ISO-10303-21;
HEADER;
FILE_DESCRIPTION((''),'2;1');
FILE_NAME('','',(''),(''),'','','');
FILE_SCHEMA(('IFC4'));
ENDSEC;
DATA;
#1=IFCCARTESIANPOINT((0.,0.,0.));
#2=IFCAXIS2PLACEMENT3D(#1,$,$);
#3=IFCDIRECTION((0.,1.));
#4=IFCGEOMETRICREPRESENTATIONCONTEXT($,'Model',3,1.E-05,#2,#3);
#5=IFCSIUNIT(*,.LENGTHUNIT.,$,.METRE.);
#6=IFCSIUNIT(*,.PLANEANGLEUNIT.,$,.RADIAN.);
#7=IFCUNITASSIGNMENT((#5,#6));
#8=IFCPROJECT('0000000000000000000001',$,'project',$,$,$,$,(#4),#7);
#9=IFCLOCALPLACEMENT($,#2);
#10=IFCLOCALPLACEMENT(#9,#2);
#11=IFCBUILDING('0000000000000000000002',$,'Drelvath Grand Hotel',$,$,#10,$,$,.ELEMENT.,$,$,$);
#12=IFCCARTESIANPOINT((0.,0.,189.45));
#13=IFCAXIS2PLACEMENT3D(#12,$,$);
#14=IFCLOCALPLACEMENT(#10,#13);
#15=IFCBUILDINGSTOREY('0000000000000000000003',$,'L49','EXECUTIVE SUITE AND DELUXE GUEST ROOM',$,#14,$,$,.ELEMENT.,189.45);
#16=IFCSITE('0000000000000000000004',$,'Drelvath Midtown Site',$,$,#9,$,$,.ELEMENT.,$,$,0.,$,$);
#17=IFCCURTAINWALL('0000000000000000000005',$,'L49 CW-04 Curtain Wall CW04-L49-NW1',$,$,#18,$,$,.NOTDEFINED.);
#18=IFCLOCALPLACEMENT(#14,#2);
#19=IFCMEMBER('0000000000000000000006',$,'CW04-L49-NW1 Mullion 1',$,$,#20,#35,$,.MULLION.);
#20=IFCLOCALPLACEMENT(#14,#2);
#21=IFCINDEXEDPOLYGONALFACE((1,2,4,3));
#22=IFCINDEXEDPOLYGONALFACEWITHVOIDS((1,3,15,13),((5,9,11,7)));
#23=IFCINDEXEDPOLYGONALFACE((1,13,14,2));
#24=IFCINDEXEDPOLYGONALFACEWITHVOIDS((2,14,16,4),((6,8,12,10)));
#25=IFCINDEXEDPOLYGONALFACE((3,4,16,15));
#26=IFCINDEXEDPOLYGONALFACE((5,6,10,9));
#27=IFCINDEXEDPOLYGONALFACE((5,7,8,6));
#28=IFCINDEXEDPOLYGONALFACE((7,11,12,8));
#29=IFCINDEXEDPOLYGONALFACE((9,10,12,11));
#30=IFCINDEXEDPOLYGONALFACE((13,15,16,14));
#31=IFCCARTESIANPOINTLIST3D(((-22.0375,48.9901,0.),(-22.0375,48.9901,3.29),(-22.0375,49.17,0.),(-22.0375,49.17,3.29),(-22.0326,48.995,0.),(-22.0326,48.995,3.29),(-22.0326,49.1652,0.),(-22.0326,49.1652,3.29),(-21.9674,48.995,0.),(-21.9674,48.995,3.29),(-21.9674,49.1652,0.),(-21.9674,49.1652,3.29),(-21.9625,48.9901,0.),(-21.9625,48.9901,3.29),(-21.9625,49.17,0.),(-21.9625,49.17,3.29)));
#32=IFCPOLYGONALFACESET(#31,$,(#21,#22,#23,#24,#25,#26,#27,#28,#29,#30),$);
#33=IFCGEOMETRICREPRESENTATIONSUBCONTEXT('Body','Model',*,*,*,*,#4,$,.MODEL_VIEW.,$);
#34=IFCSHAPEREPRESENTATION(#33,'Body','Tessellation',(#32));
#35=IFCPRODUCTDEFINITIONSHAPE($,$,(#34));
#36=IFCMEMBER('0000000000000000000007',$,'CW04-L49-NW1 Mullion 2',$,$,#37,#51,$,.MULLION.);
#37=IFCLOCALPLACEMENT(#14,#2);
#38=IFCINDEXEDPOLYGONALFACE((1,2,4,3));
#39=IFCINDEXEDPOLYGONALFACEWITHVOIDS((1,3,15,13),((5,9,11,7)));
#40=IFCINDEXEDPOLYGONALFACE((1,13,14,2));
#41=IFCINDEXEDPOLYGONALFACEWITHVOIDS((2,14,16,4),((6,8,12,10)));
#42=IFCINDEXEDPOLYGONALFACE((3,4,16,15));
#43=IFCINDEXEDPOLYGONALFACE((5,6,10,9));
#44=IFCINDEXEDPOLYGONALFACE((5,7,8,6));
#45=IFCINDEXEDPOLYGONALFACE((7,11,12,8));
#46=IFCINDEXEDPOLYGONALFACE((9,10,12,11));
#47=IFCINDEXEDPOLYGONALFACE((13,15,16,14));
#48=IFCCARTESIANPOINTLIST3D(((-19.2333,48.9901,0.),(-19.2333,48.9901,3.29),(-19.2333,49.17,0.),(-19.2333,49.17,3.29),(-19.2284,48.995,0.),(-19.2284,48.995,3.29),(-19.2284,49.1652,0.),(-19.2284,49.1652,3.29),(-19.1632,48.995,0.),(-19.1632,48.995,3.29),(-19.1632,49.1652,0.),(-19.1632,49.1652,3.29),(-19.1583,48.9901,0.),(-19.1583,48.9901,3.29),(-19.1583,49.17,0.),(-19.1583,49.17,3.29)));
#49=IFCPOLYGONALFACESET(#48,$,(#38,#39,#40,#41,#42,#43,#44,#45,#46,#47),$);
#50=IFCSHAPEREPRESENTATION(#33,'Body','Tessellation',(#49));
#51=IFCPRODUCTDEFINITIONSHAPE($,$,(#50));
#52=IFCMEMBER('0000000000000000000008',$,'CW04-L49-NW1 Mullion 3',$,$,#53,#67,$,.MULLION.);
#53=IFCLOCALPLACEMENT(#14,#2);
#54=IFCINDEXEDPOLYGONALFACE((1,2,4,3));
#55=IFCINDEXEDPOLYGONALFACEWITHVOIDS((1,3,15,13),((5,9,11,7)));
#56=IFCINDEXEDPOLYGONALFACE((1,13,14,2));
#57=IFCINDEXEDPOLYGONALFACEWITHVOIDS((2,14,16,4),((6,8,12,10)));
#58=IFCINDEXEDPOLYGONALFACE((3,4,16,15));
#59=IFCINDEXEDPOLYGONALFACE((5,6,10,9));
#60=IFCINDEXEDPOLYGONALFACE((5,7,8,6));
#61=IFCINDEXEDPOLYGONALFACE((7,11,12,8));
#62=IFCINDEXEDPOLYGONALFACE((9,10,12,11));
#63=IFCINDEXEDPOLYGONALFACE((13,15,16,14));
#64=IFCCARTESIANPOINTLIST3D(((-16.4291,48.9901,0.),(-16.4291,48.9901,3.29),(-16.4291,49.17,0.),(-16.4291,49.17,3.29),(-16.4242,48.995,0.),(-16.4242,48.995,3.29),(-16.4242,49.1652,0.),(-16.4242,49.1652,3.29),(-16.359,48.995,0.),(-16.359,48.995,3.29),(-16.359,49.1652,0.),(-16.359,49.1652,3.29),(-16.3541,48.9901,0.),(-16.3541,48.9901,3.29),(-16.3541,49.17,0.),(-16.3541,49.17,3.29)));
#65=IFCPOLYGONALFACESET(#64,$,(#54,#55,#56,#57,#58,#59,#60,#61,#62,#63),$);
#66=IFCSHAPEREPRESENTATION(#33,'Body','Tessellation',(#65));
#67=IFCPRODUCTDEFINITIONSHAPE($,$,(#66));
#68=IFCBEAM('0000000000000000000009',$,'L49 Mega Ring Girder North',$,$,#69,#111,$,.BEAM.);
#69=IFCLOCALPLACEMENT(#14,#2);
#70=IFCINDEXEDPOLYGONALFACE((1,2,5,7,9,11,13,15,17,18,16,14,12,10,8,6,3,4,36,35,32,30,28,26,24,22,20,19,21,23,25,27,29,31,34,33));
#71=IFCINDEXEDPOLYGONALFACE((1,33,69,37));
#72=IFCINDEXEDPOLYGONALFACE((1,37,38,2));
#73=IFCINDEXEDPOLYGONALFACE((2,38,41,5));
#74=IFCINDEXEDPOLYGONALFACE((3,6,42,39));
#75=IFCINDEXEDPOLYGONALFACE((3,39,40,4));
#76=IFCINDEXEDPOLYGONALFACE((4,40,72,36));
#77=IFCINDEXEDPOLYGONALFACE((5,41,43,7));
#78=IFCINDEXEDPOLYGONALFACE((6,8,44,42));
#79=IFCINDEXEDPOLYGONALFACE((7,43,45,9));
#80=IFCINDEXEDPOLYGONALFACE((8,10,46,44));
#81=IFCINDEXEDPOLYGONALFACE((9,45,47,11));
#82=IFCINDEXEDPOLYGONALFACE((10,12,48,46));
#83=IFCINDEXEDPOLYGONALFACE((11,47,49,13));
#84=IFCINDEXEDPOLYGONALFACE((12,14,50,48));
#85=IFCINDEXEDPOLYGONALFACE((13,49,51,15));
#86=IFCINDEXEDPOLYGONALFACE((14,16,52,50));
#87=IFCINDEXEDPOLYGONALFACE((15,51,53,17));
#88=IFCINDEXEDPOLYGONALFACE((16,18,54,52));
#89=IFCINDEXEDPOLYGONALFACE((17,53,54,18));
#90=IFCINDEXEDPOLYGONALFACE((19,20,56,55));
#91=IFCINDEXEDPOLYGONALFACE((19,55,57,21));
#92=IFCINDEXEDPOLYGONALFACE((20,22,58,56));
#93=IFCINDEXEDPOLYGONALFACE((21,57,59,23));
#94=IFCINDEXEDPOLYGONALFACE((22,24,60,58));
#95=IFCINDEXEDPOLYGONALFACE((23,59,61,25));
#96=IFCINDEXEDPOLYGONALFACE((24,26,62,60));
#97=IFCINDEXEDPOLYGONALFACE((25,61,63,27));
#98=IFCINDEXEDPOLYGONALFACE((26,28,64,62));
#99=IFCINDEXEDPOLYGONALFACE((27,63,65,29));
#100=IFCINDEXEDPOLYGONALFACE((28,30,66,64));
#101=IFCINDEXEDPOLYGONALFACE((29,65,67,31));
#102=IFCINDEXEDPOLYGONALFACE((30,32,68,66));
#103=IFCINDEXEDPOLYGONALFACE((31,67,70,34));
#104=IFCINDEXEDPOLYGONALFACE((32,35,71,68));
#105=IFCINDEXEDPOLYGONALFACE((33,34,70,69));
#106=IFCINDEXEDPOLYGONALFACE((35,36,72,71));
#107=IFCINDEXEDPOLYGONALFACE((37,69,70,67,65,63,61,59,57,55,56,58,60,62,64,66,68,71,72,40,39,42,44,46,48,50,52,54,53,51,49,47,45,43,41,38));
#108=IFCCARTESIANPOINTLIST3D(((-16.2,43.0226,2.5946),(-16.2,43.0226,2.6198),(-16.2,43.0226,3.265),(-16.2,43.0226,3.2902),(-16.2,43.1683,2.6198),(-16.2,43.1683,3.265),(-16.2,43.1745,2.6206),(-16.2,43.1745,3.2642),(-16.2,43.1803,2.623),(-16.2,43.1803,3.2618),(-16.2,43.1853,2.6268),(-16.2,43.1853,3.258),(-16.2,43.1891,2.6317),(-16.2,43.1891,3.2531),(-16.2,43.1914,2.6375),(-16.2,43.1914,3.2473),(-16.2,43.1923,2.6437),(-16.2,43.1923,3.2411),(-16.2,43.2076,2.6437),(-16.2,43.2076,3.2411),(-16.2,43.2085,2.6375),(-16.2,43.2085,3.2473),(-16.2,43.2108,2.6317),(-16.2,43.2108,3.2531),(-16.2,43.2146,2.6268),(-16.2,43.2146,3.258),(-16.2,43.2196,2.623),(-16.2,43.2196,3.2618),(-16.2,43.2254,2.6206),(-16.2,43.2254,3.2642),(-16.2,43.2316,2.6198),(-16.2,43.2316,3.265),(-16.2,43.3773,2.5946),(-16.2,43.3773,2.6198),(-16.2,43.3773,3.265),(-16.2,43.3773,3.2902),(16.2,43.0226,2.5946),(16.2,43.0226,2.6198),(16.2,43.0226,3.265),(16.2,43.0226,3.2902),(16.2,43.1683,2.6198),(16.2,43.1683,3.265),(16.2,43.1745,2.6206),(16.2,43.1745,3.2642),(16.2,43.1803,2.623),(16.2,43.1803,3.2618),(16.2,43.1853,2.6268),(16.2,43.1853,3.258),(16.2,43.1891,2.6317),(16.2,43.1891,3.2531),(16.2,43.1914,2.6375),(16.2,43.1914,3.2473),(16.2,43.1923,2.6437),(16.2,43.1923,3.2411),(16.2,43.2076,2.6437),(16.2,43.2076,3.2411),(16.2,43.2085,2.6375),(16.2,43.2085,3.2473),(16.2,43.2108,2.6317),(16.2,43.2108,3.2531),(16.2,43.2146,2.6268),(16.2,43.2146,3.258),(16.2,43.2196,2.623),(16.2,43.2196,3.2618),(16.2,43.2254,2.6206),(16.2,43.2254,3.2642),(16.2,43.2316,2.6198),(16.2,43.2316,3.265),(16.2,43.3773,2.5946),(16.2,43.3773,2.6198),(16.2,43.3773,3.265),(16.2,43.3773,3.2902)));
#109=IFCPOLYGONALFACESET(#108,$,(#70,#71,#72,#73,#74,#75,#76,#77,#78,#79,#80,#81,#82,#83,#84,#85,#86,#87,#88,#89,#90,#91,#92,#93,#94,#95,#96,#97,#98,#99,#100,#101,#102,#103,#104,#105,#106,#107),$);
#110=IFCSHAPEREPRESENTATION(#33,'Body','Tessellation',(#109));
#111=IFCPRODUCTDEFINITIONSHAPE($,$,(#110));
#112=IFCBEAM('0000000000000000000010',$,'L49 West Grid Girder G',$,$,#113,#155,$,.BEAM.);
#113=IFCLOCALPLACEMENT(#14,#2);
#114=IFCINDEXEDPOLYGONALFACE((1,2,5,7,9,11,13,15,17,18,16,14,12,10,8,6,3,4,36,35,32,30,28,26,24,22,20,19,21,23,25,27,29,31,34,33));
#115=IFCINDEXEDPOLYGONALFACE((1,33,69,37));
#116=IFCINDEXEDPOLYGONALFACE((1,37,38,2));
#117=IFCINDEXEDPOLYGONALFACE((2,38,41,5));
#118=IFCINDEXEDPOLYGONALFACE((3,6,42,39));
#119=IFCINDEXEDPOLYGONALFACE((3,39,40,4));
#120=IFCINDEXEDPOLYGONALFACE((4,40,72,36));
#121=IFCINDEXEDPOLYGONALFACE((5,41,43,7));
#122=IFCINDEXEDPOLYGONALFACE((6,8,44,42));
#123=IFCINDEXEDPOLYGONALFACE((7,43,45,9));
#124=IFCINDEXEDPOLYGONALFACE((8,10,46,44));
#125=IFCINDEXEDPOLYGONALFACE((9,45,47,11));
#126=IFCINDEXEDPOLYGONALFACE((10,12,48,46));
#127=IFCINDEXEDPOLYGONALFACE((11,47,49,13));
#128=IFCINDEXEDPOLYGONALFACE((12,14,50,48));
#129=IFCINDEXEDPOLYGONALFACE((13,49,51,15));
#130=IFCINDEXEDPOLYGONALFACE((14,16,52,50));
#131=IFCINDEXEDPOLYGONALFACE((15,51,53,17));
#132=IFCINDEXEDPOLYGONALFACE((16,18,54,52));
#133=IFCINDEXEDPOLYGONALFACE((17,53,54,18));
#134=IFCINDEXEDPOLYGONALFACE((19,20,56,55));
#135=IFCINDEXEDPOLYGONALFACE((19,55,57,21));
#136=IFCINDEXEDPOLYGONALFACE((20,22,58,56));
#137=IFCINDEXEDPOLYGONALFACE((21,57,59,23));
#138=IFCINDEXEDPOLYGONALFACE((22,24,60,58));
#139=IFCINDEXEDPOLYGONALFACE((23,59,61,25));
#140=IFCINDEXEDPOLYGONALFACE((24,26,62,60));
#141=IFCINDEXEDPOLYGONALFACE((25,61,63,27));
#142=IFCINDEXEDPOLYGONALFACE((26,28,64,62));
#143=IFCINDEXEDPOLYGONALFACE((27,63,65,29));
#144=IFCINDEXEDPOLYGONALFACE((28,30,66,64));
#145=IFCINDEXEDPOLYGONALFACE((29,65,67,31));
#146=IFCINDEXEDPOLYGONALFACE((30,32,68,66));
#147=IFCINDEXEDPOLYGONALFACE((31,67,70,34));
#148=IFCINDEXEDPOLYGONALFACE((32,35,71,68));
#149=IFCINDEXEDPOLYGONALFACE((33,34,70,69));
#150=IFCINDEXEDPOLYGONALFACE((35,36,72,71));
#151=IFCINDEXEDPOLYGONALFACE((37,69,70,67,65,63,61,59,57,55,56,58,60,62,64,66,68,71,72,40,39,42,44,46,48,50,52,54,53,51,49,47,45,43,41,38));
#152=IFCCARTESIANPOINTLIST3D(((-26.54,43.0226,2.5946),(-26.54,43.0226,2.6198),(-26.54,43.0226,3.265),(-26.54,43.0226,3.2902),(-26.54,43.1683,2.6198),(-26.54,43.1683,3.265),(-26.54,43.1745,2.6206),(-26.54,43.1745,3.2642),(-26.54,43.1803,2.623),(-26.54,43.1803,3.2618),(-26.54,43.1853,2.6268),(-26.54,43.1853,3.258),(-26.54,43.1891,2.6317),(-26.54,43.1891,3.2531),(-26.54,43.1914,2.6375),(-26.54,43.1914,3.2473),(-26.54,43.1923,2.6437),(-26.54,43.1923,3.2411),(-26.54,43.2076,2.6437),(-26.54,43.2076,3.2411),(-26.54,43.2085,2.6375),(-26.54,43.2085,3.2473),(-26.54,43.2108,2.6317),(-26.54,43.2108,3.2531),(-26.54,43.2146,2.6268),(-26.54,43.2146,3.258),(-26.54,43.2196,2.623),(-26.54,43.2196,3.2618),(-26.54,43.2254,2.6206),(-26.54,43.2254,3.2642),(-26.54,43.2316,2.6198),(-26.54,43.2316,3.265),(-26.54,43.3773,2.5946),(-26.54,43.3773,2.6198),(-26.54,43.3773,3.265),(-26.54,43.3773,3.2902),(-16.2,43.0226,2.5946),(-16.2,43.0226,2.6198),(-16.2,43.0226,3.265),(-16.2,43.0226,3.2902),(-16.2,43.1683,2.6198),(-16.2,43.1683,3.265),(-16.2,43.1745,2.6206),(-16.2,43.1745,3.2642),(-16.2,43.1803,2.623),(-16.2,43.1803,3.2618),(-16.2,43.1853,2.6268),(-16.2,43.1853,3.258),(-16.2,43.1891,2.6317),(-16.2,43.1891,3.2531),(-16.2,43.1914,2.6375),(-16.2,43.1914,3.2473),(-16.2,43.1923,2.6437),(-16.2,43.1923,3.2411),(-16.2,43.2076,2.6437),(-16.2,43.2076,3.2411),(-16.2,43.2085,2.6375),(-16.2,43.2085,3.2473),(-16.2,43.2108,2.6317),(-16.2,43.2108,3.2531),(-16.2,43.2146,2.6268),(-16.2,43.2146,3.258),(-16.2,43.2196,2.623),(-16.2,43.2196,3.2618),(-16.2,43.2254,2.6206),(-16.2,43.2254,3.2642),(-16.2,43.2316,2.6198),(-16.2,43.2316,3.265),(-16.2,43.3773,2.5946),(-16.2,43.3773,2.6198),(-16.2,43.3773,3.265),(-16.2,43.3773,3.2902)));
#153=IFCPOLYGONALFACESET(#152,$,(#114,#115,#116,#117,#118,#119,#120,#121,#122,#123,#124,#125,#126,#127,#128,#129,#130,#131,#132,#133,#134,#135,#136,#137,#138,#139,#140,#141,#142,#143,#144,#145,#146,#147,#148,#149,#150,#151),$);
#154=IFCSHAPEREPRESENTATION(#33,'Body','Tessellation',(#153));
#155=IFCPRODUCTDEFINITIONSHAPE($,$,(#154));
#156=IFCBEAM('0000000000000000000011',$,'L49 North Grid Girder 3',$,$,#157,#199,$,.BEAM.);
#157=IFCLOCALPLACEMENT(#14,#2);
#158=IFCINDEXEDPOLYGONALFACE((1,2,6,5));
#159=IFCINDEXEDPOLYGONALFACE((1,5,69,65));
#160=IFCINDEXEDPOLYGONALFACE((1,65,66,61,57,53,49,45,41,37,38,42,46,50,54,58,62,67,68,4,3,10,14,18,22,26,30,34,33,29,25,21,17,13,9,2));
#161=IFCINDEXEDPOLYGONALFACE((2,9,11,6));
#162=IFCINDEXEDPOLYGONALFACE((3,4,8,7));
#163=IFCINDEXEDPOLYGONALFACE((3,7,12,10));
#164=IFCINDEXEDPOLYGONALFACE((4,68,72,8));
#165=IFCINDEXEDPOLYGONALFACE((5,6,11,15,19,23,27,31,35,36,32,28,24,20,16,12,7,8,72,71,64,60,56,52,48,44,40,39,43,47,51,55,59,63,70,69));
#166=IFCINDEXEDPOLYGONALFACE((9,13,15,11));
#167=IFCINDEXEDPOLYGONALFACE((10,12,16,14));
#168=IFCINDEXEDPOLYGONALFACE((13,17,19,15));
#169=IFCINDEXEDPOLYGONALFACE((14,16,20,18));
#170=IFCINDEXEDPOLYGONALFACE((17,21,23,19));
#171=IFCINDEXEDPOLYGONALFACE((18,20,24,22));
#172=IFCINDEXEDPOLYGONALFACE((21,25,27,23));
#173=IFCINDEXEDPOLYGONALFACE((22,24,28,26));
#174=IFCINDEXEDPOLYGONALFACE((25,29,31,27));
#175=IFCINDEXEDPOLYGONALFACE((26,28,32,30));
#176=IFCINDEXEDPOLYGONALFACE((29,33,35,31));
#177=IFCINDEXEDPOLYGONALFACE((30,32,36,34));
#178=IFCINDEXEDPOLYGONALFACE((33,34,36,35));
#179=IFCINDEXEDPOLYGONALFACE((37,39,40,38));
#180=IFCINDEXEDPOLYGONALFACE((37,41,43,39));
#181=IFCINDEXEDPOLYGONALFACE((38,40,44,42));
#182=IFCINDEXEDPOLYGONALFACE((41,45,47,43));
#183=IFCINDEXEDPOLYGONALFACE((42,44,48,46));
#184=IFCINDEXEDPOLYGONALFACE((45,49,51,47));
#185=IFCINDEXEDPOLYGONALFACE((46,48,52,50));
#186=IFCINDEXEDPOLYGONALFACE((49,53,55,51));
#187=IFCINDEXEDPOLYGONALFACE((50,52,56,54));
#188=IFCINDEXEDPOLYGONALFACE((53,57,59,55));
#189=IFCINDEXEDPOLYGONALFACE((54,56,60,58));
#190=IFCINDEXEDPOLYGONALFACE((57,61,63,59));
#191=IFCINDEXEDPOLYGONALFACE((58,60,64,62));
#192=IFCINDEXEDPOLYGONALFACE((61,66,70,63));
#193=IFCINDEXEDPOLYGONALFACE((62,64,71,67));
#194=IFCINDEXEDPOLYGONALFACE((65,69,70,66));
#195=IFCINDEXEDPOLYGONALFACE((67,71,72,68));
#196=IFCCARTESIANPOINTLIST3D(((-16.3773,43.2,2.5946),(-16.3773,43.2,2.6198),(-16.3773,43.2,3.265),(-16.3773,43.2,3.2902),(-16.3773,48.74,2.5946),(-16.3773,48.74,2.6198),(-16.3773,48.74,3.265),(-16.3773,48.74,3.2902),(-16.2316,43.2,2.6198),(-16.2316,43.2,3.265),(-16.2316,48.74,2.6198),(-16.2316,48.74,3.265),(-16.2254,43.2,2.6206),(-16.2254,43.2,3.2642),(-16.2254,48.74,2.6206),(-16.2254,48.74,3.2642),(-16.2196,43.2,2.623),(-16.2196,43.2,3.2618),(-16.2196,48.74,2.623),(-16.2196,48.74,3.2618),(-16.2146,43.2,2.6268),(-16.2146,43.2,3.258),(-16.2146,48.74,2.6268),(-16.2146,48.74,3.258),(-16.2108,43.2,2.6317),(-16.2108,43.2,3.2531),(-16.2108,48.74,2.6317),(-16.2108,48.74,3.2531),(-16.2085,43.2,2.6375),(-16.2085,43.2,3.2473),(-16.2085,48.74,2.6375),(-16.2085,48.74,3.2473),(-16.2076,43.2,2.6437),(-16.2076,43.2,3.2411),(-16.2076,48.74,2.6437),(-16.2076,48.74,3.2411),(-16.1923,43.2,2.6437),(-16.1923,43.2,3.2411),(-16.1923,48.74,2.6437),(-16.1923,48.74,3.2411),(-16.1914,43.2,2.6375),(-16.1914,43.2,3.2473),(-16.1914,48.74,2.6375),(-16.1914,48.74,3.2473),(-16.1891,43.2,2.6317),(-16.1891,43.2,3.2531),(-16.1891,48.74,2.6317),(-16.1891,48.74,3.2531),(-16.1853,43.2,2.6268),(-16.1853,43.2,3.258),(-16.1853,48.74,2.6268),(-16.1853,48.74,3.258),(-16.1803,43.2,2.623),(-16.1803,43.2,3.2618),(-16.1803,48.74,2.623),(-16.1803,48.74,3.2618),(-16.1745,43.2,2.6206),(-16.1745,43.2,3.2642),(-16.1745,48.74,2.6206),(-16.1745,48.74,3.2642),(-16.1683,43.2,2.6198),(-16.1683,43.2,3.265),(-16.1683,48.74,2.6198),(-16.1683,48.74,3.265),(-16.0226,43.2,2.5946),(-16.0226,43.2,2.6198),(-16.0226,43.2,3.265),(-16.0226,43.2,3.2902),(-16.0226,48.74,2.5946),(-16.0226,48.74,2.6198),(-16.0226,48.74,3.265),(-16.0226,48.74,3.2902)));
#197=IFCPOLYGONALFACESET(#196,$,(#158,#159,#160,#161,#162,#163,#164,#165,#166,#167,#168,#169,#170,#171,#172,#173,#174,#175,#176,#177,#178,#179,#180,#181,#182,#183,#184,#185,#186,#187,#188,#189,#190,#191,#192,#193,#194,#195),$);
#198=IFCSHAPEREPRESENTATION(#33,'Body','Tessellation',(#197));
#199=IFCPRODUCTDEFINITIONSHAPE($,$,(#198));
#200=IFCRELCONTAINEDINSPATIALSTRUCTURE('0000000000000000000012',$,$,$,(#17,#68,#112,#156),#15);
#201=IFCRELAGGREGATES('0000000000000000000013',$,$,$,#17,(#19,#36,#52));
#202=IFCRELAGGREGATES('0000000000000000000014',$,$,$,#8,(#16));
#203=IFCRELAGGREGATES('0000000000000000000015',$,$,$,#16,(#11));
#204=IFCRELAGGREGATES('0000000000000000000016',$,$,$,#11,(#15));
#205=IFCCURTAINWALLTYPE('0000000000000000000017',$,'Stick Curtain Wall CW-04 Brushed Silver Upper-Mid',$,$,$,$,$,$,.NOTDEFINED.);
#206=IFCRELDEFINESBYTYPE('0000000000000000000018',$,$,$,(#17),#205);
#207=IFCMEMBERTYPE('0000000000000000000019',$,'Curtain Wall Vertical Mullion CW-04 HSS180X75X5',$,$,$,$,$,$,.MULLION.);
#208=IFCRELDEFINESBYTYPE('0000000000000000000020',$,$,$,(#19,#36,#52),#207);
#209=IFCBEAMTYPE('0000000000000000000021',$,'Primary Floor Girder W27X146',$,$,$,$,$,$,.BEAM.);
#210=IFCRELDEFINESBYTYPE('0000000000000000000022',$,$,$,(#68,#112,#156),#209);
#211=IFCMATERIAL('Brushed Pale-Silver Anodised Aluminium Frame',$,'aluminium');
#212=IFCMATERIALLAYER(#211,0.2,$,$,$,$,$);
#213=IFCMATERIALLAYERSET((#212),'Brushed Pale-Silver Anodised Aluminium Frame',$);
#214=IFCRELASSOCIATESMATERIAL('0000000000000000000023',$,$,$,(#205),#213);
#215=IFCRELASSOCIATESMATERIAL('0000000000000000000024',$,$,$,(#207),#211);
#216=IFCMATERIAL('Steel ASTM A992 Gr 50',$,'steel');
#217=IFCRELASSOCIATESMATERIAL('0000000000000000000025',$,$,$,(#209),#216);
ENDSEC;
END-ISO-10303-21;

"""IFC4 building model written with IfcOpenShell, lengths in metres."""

from ifc_helpers import new_model, si_unit, direction, frame, origin, origin_2d, place, context, subcontext, project, spatial, hollow_rectangle, i_section, extrude, material, layer, layer_set, material_profile, profile_set, type_object, element, aggregate, save


model = new_model("IFC4")

# Units and contexts
model_context = context("Model", 3, precision=1e-05, world=origin(), true_north=direction((0.0, 1.0)))
body_context = subcontext(model_context, "Body", "Model", "MODEL_VIEW")
ifc_project = project(units=[si_unit("LENGTHUNIT", "METRE"), si_unit("PLANEANGLEUNIT", "RADIAN")], contexts=[model_context])

# Site, building, storey
site_placement = place(None, origin())
site = spatial("IfcSite", under=ifc_project, at=site_placement, Name="Drelvath Midtown Site", CompositionType="ELEMENT", RefElevation=0.0)
building_placement = place(site_placement, origin())
building = spatial("IfcBuilding", under=site, at=building_placement, Name="Drelvath Grand Hotel", CompositionType="ELEMENT")
storey_placement = place(building_placement, frame((0.0, 0.0, 189.45)))
storey = spatial("IfcBuildingStorey", under=building, at=storey_placement, Name="L49", Description="EXECUTIVE SUITE AND DELUXE GUEST ROOM", CompositionType="ELEMENT", Elevation=189.45)

# Shared definitions
ifc_material_1 = material(Name="Steel ASTM A992 Gr 50", Category="steel")

# Curtain wall, members
ifc_material_2 = material(Name="Brushed Pale-Silver Anodised Aluminium Frame", Category="aluminium")
ifc_layer_1 = layer(ifc_material_2, 0.2)
ifc_layer_set_1 = layer_set([ifc_layer_1], Name="Brushed Pale-Silver Anodised Aluminium Frame")
curtain_wall_type = type_object("IfcCurtainWallType", Name="Stick Curtain Wall CW-04 Brushed Silver Upper-Mid", PredefinedType="NOTDEFINED", material=ifc_layer_set_1)
curtain_wall_placement = place(storey_placement, origin())
curtain_wall = element("IfcCurtainWall", 1, at=curtain_wall_placement, inside=storey, type_object=curtain_wall_type, Name="L49 CW-04 Curtain Wall CW04-L49-NW1", PredefinedType="NOTDEFINED")
ifc_material_profile_1 = material_profile(ifc_material_2, hollow_rectangle(XDim=0.075, YDim=0.1799, WallThickness=0.0049, at=origin_2d()), Name="HSS180X75X5")
ifc_profile_set_1 = profile_set([ifc_material_profile_1], Name="Brushed Pale-Silver Anodised Aluminium Frame")
member_type_1 = type_object("IfcMemberType", Name="Curtain Wall Vertical Mullion CW-04 HSS180X75X5", PredefinedType="MULLION", material=ifc_profile_set_1)
member_1_placement = place(storey_placement, frame((-22.0, 49.0801, 0.0), z_axis=(0.0, 0.0, 1.0), x_axis=(1.0, 0.0, 0.0)))
member_1 = element("IfcMember", 2, at=member_1_placement, type_object=member_type_1, Name="CW04-L49-NW1 Mullion 1", PredefinedType="MULLION", context=body_context, shape_type="SweptSolid", body=[
    extrude(hollow_rectangle(XDim=0.075, YDim=0.1799, WallThickness=0.0049, at=origin_2d()), origin(), (0.0, 0.0, 1.0), 3.29),
])
member_2_placement = place(storey_placement, frame((-19.1958, 49.0801, 0.0), z_axis=(0.0, 0.0, 1.0), x_axis=(1.0, 0.0, 0.0)))
member_2 = element("IfcMember", 3, at=member_2_placement, type_object=member_type_1, Name="CW04-L49-NW1 Mullion 2", PredefinedType="MULLION", context=body_context, shape_type="SweptSolid", body=[
    extrude(hollow_rectangle(XDim=0.075, YDim=0.1799, WallThickness=0.0049, at=origin_2d()), origin(), (0.0, 0.0, 1.0), 3.29),
])
member_3_placement = place(storey_placement, frame((-16.3916, 49.0801, 0.0), z_axis=(0.0, 0.0, 1.0), x_axis=(1.0, 0.0, 0.0)))
member_3 = element("IfcMember", 4, at=member_3_placement, type_object=member_type_1, Name="CW04-L49-NW1 Mullion 3", PredefinedType="MULLION", context=body_context, shape_type="SweptSolid", body=[
    extrude(hollow_rectangle(XDim=0.075, YDim=0.1799, WallThickness=0.0049, at=origin_2d()), origin(), (0.0, 0.0, 1.0), 3.29),
])

# Beams
ifc_material_profile_2 = material_profile(ifc_material_1, i_section(OverallWidth=0.3547, OverallDepth=0.6956, WebThickness=0.0154, FlangeThickness=0.0251, FilletRadius=0.0239, at=origin_2d()), Name="W27X146")
ifc_profile_set_2 = profile_set([ifc_material_profile_2], Name="Steel ASTM A992 Gr 50")
beam_type_1 = type_object("IfcBeamType", Name="Primary Floor Girder W27X146", PredefinedType="BEAM", material=ifc_profile_set_2)
beam_1_placement = place(storey_placement, frame((-16.2, 43.2, 2.9424), z_axis=(1.0, 0.0, 0.0), x_axis=(0.0, 1.0, 0.0)))
element("IfcBeam", 5, at=beam_1_placement, inside=storey, type_object=beam_type_1, Name="L49 Mega Ring Girder North", PredefinedType="BEAM", context=body_context, shape_type="SweptSolid", body=[
    extrude(i_section(OverallWidth=0.3547, OverallDepth=0.6956, WebThickness=0.0154, FlangeThickness=0.0251, FilletRadius=0.0239, at=origin_2d()), origin(), (0.0, 0.0, 1.0), 32.3999),
])
beam_2_placement = place(storey_placement, frame((-26.54, 43.2, 2.9424), z_axis=(1.0, 0.0, 0.0), x_axis=(0.0, 1.0, 0.0)))
element("IfcBeam", 6, at=beam_2_placement, inside=storey, type_object=beam_type_1, Name="L49 West Grid Girder G", PredefinedType="BEAM", context=body_context, shape_type="SweptSolid", body=[
    extrude(i_section(OverallWidth=0.3547, OverallDepth=0.6956, WebThickness=0.0154, FlangeThickness=0.0251, FilletRadius=0.0239, at=origin_2d()), origin(), (0.0, 0.0, 1.0), 10.3401),
])
beam_3_placement = place(storey_placement, frame((-16.2, 43.2, 2.9424), z_axis=(0.0, 1.0, 0.0), x_axis=(-1.0, 0.0, 0.0)))
element("IfcBeam", 7, at=beam_3_placement, inside=storey, type_object=beam_type_1, Name="L49 North Grid Girder 3", PredefinedType="BEAM", context=body_context, shape_type="SweptSolid", body=[
    extrude(i_section(OverallWidth=0.3547, OverallDepth=0.6956, WebThickness=0.0154, FlangeThickness=0.0251, FilletRadius=0.0239, at=origin_2d()), origin(), (0.0, 0.0, 1.0), 5.54),
])

aggregate(curtain_wall, [member_1, member_2, member_3])

save(model, "model.ifc")
